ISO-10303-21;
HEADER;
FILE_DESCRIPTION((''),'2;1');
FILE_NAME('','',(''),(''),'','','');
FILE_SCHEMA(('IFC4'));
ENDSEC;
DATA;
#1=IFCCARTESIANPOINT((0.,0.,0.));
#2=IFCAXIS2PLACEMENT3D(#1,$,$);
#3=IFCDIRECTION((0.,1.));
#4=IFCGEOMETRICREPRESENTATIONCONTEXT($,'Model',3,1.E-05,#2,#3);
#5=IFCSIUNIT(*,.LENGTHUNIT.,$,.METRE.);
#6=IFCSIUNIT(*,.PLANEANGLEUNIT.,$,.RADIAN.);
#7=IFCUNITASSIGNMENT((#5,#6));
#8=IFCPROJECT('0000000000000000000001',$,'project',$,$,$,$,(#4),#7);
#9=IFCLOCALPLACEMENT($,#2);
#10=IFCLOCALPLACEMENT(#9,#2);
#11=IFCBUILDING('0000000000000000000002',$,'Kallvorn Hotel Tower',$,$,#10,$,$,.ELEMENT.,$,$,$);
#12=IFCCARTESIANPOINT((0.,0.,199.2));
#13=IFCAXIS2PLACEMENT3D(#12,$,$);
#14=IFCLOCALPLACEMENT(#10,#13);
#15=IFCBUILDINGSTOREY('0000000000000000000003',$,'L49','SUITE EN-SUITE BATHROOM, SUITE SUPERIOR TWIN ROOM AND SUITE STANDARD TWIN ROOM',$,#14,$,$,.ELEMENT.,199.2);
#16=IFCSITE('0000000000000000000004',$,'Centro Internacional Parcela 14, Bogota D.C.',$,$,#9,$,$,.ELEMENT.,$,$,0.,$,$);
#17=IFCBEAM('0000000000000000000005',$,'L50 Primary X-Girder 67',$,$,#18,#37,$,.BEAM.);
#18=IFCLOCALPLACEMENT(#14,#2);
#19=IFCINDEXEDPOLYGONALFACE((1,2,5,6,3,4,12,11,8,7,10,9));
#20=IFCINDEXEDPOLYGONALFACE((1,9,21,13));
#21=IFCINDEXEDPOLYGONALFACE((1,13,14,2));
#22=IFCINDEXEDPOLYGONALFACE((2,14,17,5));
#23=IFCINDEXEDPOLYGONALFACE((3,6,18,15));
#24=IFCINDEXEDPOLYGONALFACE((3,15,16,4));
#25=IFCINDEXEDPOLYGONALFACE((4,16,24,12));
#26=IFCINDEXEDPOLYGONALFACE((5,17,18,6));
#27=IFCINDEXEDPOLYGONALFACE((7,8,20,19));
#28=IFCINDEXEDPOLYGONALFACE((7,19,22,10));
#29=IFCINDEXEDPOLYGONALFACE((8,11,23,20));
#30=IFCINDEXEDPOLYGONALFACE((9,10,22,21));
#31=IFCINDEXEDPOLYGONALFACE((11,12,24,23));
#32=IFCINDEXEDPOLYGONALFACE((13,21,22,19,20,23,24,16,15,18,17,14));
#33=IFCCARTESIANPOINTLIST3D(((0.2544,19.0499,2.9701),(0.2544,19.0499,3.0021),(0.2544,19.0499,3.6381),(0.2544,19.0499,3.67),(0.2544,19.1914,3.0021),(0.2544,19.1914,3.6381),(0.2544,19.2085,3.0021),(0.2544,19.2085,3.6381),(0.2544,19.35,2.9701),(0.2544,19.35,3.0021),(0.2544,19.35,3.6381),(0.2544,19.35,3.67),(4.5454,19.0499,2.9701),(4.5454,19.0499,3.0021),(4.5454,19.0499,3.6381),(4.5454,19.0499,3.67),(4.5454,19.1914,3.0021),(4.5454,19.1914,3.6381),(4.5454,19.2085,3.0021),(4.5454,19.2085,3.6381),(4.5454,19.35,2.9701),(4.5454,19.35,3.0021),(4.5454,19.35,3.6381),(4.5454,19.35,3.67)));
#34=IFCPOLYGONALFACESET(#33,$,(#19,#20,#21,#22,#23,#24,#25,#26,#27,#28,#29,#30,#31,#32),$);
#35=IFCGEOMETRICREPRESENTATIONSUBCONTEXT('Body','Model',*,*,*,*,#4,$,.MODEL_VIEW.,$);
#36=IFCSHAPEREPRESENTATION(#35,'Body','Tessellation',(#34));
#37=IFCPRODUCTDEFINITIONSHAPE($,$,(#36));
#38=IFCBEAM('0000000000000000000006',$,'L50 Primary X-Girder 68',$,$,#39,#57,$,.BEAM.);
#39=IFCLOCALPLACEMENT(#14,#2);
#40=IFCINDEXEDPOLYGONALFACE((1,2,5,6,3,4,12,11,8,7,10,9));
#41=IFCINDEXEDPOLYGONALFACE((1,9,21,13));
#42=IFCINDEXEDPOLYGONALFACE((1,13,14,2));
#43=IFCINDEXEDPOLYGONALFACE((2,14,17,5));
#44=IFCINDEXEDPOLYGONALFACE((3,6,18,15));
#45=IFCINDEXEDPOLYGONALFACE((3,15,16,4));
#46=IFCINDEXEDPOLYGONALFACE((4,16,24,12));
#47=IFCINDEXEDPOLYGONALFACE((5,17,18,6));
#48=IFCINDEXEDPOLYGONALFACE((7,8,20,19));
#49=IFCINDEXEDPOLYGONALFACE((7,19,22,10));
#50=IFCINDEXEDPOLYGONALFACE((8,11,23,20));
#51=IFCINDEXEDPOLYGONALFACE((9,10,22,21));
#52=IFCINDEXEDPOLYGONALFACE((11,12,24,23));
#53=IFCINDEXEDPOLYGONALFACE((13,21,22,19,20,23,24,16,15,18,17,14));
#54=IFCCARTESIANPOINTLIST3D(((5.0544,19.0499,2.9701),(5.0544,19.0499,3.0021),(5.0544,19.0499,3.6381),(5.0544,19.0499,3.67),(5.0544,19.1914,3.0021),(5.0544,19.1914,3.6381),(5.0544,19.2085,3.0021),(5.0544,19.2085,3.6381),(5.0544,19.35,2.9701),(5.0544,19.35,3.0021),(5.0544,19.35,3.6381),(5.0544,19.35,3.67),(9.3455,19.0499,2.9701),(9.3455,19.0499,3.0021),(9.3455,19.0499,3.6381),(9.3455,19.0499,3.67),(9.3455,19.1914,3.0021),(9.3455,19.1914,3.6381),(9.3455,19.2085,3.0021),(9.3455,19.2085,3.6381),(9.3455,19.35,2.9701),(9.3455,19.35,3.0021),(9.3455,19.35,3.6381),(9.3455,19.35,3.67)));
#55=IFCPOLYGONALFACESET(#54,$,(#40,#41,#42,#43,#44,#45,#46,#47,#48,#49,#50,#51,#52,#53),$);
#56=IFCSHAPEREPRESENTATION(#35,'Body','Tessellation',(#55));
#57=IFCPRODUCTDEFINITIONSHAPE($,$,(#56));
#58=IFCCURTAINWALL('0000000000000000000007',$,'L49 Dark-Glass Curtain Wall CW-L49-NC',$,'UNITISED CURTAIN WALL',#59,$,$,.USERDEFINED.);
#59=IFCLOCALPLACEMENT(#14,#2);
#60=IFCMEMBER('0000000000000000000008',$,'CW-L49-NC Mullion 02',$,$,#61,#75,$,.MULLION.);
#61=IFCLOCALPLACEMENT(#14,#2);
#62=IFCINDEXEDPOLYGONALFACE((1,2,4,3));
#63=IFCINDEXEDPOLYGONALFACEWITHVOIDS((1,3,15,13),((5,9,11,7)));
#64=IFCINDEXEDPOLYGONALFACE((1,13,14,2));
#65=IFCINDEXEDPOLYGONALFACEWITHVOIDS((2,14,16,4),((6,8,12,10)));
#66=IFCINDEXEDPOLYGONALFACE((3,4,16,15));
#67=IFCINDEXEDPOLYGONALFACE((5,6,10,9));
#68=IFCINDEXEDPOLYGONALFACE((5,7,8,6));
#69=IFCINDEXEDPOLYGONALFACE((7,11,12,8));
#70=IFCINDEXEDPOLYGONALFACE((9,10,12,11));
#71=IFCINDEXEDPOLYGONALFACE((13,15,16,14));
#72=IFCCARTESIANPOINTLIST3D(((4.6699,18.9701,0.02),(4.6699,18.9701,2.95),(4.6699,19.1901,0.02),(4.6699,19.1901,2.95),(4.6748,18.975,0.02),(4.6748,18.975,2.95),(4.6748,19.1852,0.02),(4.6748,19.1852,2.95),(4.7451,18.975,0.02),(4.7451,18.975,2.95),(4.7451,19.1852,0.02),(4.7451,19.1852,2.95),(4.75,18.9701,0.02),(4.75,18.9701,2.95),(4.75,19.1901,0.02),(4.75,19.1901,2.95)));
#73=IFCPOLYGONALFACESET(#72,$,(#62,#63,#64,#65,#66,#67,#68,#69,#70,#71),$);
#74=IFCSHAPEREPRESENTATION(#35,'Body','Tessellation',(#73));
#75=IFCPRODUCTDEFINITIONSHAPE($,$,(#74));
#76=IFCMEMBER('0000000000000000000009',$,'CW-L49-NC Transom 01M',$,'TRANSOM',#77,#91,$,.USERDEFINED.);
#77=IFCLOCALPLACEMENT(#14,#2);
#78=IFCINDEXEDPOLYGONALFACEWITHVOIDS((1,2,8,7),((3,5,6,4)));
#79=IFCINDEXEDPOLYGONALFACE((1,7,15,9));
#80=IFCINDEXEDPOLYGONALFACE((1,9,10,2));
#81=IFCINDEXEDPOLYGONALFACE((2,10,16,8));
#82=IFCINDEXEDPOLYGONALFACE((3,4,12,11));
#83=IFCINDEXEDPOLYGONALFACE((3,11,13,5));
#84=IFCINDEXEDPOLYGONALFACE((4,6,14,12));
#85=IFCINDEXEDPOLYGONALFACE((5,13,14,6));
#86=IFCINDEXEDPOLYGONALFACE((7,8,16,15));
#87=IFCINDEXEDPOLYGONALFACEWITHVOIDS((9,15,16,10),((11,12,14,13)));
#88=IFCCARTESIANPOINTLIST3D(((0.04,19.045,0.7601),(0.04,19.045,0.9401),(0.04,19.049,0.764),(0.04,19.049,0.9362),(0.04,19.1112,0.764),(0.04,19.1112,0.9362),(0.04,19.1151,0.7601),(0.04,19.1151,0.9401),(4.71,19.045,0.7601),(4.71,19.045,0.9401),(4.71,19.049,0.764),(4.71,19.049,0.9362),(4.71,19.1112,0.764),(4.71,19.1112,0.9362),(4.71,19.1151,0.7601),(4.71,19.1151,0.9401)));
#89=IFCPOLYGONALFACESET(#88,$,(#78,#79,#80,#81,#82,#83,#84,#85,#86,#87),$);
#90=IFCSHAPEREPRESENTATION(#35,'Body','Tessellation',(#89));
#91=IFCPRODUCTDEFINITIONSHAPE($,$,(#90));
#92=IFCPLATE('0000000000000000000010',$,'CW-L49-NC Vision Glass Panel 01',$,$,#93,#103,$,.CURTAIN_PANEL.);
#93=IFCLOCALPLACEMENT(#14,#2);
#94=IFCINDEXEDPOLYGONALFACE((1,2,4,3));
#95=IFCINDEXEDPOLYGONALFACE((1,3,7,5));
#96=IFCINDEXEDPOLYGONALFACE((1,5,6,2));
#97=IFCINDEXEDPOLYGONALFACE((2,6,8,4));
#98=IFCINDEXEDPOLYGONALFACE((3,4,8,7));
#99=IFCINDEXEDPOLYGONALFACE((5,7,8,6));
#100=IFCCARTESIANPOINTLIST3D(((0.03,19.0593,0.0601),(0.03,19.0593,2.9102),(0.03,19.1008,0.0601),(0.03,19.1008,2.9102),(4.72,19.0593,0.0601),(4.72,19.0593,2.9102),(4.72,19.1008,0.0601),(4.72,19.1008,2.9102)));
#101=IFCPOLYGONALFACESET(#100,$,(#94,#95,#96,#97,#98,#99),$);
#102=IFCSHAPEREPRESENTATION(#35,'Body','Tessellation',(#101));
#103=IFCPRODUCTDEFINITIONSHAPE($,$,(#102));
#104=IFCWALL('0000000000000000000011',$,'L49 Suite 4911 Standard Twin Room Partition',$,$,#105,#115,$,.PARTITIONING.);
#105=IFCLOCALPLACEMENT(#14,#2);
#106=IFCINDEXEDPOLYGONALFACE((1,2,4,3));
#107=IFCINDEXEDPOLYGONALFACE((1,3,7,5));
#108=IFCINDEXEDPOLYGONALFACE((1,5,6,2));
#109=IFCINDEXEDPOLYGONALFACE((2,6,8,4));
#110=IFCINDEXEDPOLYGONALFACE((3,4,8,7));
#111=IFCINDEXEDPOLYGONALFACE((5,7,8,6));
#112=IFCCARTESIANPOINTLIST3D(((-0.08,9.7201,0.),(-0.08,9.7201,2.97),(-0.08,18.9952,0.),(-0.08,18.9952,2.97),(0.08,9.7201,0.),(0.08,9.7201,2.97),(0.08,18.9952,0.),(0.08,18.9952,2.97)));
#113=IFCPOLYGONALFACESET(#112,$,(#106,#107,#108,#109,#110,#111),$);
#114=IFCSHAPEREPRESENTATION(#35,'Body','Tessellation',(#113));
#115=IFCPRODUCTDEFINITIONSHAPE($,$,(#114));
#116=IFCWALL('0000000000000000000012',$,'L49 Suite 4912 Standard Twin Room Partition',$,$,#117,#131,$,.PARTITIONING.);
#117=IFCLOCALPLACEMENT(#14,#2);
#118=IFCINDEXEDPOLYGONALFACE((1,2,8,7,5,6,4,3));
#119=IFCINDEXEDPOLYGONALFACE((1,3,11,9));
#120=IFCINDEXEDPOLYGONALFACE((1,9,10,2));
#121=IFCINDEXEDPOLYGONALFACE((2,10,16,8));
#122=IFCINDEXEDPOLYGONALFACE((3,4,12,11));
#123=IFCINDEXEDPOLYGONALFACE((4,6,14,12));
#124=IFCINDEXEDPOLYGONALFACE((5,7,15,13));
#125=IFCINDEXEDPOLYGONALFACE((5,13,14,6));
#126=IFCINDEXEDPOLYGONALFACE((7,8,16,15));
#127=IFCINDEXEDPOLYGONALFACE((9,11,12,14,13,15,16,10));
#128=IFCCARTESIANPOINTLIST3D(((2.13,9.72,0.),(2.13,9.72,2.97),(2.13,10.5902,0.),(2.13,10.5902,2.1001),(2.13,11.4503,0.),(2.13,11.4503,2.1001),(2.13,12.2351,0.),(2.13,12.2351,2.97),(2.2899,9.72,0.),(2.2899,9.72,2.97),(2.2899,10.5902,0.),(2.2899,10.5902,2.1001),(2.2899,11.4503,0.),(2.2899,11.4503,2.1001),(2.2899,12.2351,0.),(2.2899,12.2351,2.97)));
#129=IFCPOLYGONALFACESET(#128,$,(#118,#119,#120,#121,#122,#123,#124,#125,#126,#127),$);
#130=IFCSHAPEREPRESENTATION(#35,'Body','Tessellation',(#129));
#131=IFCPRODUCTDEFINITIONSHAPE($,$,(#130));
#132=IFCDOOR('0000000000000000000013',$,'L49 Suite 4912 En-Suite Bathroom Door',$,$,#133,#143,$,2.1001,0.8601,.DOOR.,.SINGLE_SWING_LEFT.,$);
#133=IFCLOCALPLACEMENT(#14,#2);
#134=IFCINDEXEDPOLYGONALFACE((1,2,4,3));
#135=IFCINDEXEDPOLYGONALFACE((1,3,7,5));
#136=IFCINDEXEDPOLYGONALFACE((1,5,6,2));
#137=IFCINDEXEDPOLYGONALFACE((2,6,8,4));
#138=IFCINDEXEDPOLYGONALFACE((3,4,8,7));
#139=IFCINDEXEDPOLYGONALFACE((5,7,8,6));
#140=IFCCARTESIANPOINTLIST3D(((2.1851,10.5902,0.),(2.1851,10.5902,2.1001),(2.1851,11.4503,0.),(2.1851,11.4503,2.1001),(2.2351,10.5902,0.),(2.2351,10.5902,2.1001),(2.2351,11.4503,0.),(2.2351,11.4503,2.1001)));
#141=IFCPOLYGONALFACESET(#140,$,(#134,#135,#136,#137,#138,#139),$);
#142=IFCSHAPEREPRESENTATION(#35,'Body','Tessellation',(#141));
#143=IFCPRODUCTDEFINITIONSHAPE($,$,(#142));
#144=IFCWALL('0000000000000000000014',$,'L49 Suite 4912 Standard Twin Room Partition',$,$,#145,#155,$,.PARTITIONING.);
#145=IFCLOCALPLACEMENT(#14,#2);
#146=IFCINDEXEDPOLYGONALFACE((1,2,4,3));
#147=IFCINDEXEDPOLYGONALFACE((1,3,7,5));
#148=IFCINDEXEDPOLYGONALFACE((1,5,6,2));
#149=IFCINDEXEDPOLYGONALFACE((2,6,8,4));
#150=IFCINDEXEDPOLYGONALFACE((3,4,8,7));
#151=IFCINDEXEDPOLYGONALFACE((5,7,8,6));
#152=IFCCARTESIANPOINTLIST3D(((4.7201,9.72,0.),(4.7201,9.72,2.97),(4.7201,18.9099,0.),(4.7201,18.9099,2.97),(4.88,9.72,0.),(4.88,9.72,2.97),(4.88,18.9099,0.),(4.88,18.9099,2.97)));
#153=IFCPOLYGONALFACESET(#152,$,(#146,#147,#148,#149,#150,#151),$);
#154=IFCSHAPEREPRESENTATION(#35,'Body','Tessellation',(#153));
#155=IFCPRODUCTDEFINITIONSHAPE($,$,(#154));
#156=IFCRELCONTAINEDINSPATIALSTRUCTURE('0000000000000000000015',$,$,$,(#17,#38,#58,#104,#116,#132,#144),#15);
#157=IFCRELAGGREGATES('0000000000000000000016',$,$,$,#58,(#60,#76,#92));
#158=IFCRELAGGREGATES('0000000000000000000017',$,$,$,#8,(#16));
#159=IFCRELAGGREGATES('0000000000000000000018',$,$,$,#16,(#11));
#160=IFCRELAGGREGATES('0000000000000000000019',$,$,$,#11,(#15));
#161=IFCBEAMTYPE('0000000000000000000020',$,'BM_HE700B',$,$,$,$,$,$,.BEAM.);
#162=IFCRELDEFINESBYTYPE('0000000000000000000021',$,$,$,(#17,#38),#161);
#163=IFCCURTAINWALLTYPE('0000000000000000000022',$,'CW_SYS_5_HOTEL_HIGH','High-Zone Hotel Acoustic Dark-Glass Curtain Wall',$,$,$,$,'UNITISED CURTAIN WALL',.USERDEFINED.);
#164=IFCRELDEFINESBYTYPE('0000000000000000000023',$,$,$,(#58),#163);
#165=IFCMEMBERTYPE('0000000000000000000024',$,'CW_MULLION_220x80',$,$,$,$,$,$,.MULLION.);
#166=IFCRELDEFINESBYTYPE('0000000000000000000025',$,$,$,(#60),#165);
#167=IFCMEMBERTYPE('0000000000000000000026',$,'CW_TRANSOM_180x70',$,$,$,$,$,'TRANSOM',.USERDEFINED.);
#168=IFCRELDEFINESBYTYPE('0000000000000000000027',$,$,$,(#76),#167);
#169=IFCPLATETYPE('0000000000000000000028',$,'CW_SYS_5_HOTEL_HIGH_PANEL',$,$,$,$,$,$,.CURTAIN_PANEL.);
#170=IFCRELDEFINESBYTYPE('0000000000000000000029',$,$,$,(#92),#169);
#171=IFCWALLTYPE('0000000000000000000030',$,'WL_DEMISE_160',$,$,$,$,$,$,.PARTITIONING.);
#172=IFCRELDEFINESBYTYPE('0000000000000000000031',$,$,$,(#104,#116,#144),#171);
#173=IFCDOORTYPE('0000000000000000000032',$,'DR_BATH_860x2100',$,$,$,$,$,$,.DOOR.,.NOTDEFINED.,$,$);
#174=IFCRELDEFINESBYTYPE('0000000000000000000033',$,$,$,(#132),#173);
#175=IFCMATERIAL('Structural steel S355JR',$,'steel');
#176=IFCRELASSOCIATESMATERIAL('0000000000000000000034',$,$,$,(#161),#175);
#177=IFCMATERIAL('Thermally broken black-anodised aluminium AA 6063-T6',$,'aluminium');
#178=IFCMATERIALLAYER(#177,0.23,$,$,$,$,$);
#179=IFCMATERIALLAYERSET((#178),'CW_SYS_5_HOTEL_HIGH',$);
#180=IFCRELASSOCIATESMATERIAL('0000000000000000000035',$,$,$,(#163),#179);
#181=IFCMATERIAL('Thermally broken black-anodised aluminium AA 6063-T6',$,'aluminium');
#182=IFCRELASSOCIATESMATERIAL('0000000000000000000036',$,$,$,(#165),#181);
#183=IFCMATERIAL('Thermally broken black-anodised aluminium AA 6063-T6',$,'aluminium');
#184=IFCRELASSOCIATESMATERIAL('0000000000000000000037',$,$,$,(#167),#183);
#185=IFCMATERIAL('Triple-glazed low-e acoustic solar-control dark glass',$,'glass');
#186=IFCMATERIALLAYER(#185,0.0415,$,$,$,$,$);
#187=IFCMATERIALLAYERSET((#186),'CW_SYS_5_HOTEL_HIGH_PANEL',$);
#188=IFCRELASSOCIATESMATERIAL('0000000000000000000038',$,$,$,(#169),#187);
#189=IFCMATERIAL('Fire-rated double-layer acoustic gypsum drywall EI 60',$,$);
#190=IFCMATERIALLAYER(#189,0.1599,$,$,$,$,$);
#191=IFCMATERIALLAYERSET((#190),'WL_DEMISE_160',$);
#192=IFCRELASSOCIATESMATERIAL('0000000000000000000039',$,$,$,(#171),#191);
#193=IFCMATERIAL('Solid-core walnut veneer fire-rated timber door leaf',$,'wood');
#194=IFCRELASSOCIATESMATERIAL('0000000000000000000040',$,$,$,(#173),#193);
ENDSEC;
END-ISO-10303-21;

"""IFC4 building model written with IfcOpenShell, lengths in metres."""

from ifc_helpers import new_model, si_unit, direction, frame, frame_2d, origin, origin_2d, place, context, subcontext, project, spatial, rectangle, hollow_rectangle, i_section, extrude, material, layer, layer_set, material_profile, profile_set, type_object, element, fill, aggregate, save


model = new_model("IFC4")

# Units and contexts
model_context = context("Model", 3, precision=1e-05, world=origin(), true_north=direction((0.0, 1.0)))
body_context = subcontext(model_context, "Body", "Model", "MODEL_VIEW")
ifc_project = project(units=[si_unit("LENGTHUNIT", "METRE"), si_unit("PLANEANGLEUNIT", "RADIAN")], contexts=[model_context])

# Site, building, storey
site_placement = place(None, origin())
site = spatial("IfcSite", under=ifc_project, at=site_placement, Name="Centro Internacional Parcela 14, Bogota D.C.", CompositionType="ELEMENT", RefElevation=0.0)
building_placement = place(site_placement, origin())
building = spatial("IfcBuilding", under=site, at=building_placement, Name="Kallvorn Hotel Tower", CompositionType="ELEMENT")
storey_placement = place(building_placement, frame((0.0, 0.0, 199.2)))
storey = spatial("IfcBuildingStorey", under=building, at=storey_placement, Name="L49", Description="SUITE EN-SUITE BATHROOM, SUITE SUPERIOR TWIN ROOM AND SUITE STANDARD TWIN ROOM", CompositionType="ELEMENT", Elevation=199.2)

# Beams
ifc_material_1 = material(Name="Structural steel S355JR", Category="steel")
ifc_material_profile_1 = material_profile(ifc_material_1, i_section(OverallWidth=0.3, OverallDepth=0.7, WebThickness=0.0171, FlangeThickness=0.032, at=origin_2d()), Name="HE 700 B")
ifc_profile_set_1 = profile_set([ifc_material_profile_1], Name="Structural steel S355JR")
beam_type_1 = type_object("IfcBeamType", Name="BM_HE700B", PredefinedType="BEAM", material=ifc_profile_set_1)
for number, where, z_axis, x_axis, name in (
    (1, (0.2544, 19.2, 3.3201), (1.0, 0.0, 0.0), (0.0, 1.0, 0.0), "L50 Primary X-Girder 67"),
    (2, (5.0544, 19.2, 3.3201), (1.0, 0.0, 0.0), (0.0, 1.0, 0.0), "L50 Primary X-Girder 68"),
):
    element("IfcBeam", number, at=place(storey_placement, frame(where, z_axis=z_axis, x_axis=x_axis)), inside=storey, type_object=beam_type_1, Name=name, PredefinedType="BEAM", context=body_context, shape_type="SweptSolid", body=[
        extrude(i_section(OverallWidth=0.3, OverallDepth=0.7, WebThickness=0.0171, FlangeThickness=0.032, at=origin_2d()), origin(), (0.0, 0.0, 1.0), 4.291),
    ])

# Curtain wall, members, plate
ifc_material_2 = material(Name="Thermally broken black-anodised aluminium AA 6063-T6", Category="aluminium")
ifc_layer_1 = layer(ifc_material_2, 0.23)
ifc_layer_set_1 = layer_set([ifc_layer_1], Name="CW_SYS_5_HOTEL_HIGH")
curtain_wall_type = type_object("IfcCurtainWallType", Name="CW_SYS_5_HOTEL_HIGH", Description="High-Zone Hotel Acoustic Dark-Glass Curtain Wall", ElementType="UNITISED CURTAIN WALL", PredefinedType="USERDEFINED", material=ifc_layer_set_1)
curtain_wall_placement = place(storey_placement, origin())
curtain_wall = element("IfcCurtainWall", 3, at=curtain_wall_placement, inside=storey, type_object=curtain_wall_type, Name="L49 Dark-Glass Curtain Wall CW-L49-NC", ObjectType="UNITISED CURTAIN WALL", PredefinedType="USERDEFINED")
ifc_material_3 = material(Name="Thermally broken black-anodised aluminium AA 6063-T6", Category="aluminium")
ifc_material_profile_2 = material_profile(ifc_material_3, hollow_rectangle(XDim=0.0801, YDim=0.22, WallThickness=0.0049, at=origin_2d()), Name="MUL 220x80")
ifc_profile_set_2 = profile_set([ifc_material_profile_2], Name="Thermally broken black-anodised aluminium AA 6063-T6")
member_type_1 = type_object("IfcMemberType", Name="CW_MULLION_220x80", PredefinedType="MULLION", material=ifc_profile_set_2)
member_1_placement = place(storey_placement, frame((4.71, 19.0801, 0.02), z_axis=(0.0, 0.0, 1.0), x_axis=(1.0, 0.0, 0.0)))
member_1 = element("IfcMember", 4, at=member_1_placement, type_object=member_type_1, Name="CW-L49-NC Mullion 02", PredefinedType="MULLION", context=body_context, shape_type="SweptSolid", body=[
    extrude(hollow_rectangle(XDim=0.0801, YDim=0.22, WallThickness=0.0049, at=origin_2d()), origin(), (0.0, 0.0, 1.0), 2.9299),
])
ifc_material_4 = material(Name="Thermally broken black-anodised aluminium AA 6063-T6", Category="aluminium")
ifc_material_profile_3 = material_profile(ifc_material_4, hollow_rectangle(XDim=0.0701, YDim=0.1799, WallThickness=0.0039, at=origin_2d()), Name="TRN 180x70")
ifc_profile_set_3 = profile_set([ifc_material_profile_3], Name="Thermally broken black-anodised aluminium AA 6063-T6")
member_type_2 = type_object("IfcMemberType", Name="CW_TRANSOM_180x70", ElementType="TRANSOM", PredefinedType="USERDEFINED", material=ifc_profile_set_3)
member_2_placement = place(storey_placement, frame((0.04, 19.0801, 0.8501), z_axis=(1.0, 0.0, 0.0), x_axis=(0.0, 1.0, 0.0)))
member_2 = element("IfcMember", 5, at=member_2_placement, type_object=member_type_2, Name="CW-L49-NC Transom 01M", ObjectType="TRANSOM", PredefinedType="USERDEFINED", context=body_context, shape_type="SweptSolid", body=[
    extrude(hollow_rectangle(XDim=0.0701, YDim=0.1799, WallThickness=0.0039, at=origin_2d()), origin(), (0.0, 0.0, 1.0), 4.6699),
])
ifc_material_5 = material(Name="Triple-glazed low-e acoustic solar-control dark glass", Category="glass")
ifc_layer_2 = layer(ifc_material_5, 0.0415)
ifc_layer_set_2 = layer_set([ifc_layer_2], Name="CW_SYS_5_HOTEL_HIGH_PANEL")
plate_type = type_object("IfcPlateType", Name="CW_SYS_5_HOTEL_HIGH_PANEL", PredefinedType="CURTAIN_PANEL", material=ifc_layer_set_2)
plate_placement = place(storey_placement, frame((2.375, 19.0801, 0.0601), z_axis=(0.0, 0.0, 1.0), x_axis=(1.0, 0.0, 0.0)))
plate = element("IfcPlate", 6, at=plate_placement, type_object=plate_type, Name="CW-L49-NC Vision Glass Panel 01", PredefinedType="CURTAIN_PANEL", context=body_context, shape_type="SweptSolid", body=[
    extrude(rectangle(XDim=4.6899, YDim=0.0415, at=origin_2d()), origin(), (0.0, 0.0, 1.0), 2.8501),
])
aggregate(curtain_wall, [member_1, member_2, plate])

# Wall
ifc_material_6 = material(Name="Fire-rated double-layer acoustic gypsum drywall EI 60")
ifc_layer_3 = layer(ifc_material_6, 0.1599)
ifc_layer_set_3 = layer_set([ifc_layer_3], Name="WL_DEMISE_160")
wall_type_1 = type_object("IfcWallType", Name="WL_DEMISE_160", PredefinedType="PARTITIONING", material=ifc_layer_set_3)
wall_1_placement = place(storey_placement, frame((0.0, 9.72, 0.0), z_axis=(0.0, 0.0, 1.0), x_axis=(0.0, 1.0, 0.0)))
element("IfcWall", 7, at=wall_1_placement, inside=storey, type_object=wall_type_1, Name="L49 Suite 4911 Standard Twin Room Partition", PredefinedType="PARTITIONING", context=body_context, shape_type="SweptSolid", body=[
    extrude(rectangle(XDim=9.2751, YDim=0.1599, at=frame_2d((4.6377, 0.0))), origin(), (0.0, 0.0, 1.0), 2.97),
])

# Wall, opening, door
wall_2_placement = place(storey_placement, frame((2.21, 9.72, 0.0), z_axis=(0.0, 0.0, 1.0), x_axis=(0.0, 1.0, 0.0)))
wall_2 = element("IfcWall", 8, at=wall_2_placement, inside=storey, type_object=wall_type_1, Name="L49 Suite 4912 Standard Twin Room Partition", PredefinedType="PARTITIONING", context=body_context, shape_type="SweptSolid", body=[
    extrude(rectangle(XDim=2.5151, YDim=0.1599, at=frame_2d((1.2576, 0.0))), origin(), (0.0, 0.0, 1.0), 2.97),
])
opening_1_placement = place(wall_2_placement, frame((0.8701, 0.0, 0.0)))
opening_1 = element("IfcOpeningElement", 9, at=opening_1_placement, cuts=wall_2, PredefinedType="OPENING", context=body_context, shape_type="SweptSolid", body=[
    extrude(rectangle(XDim=0.8601, YDim=2.1001, at=frame_2d((0.4302, 1.05))), frame((0.0, 0.095, 0.0), z_axis=(0.0, -1.0, 0.0), x_axis=(1.0, 0.0, 0.0)), (0.0, 0.0, 1.0), 0.1899),
])
ifc_material_7 = material(Name="Solid-core walnut veneer fire-rated timber door leaf", Category="wood")
door_type = type_object("IfcDoorType", Name="DR_BATH_860x2100", OperationType="NOTDEFINED", PredefinedType="DOOR", material=ifc_material_7)
door_placement = place(opening_1_placement, origin())
door = element("IfcDoor", 10, at=door_placement, inside=storey, type_object=door_type, Name="L49 Suite 4912 En-Suite Bathroom Door", OperationType="SINGLE_SWING_LEFT", OverallHeight=2.1001, OverallWidth=0.8601, PredefinedType="DOOR", context=body_context, shape_type="SweptSolid", body=[
    extrude(rectangle(XDim=0.8601, YDim=2.1001, at=frame_2d((0.4302, 1.05))), frame((0.0, 0.0249, 0.0), z_axis=(0.0, -1.0, 0.0), x_axis=(1.0, 0.0, 0.0)), (0.0, 0.0, 1.0), 0.05),
])
fill(opening_1, door)

# Wall
wall_3_placement = place(storey_placement, frame((4.8, 9.72, 0.0), z_axis=(0.0, 0.0, 1.0), x_axis=(0.0, 1.0, 0.0)))
element("IfcWall", 11, at=wall_3_placement, inside=storey, type_object=wall_type_1, Name="L49 Suite 4912 Standard Twin Room Partition", PredefinedType="PARTITIONING", context=body_context, shape_type="SweptSolid", body=[
    extrude(rectangle(XDim=9.1899, YDim=0.1599, at=frame_2d((4.595, 0.0))), origin(), (0.0, 0.0, 1.0), 2.97),
])

save(model, "model.ifc")
